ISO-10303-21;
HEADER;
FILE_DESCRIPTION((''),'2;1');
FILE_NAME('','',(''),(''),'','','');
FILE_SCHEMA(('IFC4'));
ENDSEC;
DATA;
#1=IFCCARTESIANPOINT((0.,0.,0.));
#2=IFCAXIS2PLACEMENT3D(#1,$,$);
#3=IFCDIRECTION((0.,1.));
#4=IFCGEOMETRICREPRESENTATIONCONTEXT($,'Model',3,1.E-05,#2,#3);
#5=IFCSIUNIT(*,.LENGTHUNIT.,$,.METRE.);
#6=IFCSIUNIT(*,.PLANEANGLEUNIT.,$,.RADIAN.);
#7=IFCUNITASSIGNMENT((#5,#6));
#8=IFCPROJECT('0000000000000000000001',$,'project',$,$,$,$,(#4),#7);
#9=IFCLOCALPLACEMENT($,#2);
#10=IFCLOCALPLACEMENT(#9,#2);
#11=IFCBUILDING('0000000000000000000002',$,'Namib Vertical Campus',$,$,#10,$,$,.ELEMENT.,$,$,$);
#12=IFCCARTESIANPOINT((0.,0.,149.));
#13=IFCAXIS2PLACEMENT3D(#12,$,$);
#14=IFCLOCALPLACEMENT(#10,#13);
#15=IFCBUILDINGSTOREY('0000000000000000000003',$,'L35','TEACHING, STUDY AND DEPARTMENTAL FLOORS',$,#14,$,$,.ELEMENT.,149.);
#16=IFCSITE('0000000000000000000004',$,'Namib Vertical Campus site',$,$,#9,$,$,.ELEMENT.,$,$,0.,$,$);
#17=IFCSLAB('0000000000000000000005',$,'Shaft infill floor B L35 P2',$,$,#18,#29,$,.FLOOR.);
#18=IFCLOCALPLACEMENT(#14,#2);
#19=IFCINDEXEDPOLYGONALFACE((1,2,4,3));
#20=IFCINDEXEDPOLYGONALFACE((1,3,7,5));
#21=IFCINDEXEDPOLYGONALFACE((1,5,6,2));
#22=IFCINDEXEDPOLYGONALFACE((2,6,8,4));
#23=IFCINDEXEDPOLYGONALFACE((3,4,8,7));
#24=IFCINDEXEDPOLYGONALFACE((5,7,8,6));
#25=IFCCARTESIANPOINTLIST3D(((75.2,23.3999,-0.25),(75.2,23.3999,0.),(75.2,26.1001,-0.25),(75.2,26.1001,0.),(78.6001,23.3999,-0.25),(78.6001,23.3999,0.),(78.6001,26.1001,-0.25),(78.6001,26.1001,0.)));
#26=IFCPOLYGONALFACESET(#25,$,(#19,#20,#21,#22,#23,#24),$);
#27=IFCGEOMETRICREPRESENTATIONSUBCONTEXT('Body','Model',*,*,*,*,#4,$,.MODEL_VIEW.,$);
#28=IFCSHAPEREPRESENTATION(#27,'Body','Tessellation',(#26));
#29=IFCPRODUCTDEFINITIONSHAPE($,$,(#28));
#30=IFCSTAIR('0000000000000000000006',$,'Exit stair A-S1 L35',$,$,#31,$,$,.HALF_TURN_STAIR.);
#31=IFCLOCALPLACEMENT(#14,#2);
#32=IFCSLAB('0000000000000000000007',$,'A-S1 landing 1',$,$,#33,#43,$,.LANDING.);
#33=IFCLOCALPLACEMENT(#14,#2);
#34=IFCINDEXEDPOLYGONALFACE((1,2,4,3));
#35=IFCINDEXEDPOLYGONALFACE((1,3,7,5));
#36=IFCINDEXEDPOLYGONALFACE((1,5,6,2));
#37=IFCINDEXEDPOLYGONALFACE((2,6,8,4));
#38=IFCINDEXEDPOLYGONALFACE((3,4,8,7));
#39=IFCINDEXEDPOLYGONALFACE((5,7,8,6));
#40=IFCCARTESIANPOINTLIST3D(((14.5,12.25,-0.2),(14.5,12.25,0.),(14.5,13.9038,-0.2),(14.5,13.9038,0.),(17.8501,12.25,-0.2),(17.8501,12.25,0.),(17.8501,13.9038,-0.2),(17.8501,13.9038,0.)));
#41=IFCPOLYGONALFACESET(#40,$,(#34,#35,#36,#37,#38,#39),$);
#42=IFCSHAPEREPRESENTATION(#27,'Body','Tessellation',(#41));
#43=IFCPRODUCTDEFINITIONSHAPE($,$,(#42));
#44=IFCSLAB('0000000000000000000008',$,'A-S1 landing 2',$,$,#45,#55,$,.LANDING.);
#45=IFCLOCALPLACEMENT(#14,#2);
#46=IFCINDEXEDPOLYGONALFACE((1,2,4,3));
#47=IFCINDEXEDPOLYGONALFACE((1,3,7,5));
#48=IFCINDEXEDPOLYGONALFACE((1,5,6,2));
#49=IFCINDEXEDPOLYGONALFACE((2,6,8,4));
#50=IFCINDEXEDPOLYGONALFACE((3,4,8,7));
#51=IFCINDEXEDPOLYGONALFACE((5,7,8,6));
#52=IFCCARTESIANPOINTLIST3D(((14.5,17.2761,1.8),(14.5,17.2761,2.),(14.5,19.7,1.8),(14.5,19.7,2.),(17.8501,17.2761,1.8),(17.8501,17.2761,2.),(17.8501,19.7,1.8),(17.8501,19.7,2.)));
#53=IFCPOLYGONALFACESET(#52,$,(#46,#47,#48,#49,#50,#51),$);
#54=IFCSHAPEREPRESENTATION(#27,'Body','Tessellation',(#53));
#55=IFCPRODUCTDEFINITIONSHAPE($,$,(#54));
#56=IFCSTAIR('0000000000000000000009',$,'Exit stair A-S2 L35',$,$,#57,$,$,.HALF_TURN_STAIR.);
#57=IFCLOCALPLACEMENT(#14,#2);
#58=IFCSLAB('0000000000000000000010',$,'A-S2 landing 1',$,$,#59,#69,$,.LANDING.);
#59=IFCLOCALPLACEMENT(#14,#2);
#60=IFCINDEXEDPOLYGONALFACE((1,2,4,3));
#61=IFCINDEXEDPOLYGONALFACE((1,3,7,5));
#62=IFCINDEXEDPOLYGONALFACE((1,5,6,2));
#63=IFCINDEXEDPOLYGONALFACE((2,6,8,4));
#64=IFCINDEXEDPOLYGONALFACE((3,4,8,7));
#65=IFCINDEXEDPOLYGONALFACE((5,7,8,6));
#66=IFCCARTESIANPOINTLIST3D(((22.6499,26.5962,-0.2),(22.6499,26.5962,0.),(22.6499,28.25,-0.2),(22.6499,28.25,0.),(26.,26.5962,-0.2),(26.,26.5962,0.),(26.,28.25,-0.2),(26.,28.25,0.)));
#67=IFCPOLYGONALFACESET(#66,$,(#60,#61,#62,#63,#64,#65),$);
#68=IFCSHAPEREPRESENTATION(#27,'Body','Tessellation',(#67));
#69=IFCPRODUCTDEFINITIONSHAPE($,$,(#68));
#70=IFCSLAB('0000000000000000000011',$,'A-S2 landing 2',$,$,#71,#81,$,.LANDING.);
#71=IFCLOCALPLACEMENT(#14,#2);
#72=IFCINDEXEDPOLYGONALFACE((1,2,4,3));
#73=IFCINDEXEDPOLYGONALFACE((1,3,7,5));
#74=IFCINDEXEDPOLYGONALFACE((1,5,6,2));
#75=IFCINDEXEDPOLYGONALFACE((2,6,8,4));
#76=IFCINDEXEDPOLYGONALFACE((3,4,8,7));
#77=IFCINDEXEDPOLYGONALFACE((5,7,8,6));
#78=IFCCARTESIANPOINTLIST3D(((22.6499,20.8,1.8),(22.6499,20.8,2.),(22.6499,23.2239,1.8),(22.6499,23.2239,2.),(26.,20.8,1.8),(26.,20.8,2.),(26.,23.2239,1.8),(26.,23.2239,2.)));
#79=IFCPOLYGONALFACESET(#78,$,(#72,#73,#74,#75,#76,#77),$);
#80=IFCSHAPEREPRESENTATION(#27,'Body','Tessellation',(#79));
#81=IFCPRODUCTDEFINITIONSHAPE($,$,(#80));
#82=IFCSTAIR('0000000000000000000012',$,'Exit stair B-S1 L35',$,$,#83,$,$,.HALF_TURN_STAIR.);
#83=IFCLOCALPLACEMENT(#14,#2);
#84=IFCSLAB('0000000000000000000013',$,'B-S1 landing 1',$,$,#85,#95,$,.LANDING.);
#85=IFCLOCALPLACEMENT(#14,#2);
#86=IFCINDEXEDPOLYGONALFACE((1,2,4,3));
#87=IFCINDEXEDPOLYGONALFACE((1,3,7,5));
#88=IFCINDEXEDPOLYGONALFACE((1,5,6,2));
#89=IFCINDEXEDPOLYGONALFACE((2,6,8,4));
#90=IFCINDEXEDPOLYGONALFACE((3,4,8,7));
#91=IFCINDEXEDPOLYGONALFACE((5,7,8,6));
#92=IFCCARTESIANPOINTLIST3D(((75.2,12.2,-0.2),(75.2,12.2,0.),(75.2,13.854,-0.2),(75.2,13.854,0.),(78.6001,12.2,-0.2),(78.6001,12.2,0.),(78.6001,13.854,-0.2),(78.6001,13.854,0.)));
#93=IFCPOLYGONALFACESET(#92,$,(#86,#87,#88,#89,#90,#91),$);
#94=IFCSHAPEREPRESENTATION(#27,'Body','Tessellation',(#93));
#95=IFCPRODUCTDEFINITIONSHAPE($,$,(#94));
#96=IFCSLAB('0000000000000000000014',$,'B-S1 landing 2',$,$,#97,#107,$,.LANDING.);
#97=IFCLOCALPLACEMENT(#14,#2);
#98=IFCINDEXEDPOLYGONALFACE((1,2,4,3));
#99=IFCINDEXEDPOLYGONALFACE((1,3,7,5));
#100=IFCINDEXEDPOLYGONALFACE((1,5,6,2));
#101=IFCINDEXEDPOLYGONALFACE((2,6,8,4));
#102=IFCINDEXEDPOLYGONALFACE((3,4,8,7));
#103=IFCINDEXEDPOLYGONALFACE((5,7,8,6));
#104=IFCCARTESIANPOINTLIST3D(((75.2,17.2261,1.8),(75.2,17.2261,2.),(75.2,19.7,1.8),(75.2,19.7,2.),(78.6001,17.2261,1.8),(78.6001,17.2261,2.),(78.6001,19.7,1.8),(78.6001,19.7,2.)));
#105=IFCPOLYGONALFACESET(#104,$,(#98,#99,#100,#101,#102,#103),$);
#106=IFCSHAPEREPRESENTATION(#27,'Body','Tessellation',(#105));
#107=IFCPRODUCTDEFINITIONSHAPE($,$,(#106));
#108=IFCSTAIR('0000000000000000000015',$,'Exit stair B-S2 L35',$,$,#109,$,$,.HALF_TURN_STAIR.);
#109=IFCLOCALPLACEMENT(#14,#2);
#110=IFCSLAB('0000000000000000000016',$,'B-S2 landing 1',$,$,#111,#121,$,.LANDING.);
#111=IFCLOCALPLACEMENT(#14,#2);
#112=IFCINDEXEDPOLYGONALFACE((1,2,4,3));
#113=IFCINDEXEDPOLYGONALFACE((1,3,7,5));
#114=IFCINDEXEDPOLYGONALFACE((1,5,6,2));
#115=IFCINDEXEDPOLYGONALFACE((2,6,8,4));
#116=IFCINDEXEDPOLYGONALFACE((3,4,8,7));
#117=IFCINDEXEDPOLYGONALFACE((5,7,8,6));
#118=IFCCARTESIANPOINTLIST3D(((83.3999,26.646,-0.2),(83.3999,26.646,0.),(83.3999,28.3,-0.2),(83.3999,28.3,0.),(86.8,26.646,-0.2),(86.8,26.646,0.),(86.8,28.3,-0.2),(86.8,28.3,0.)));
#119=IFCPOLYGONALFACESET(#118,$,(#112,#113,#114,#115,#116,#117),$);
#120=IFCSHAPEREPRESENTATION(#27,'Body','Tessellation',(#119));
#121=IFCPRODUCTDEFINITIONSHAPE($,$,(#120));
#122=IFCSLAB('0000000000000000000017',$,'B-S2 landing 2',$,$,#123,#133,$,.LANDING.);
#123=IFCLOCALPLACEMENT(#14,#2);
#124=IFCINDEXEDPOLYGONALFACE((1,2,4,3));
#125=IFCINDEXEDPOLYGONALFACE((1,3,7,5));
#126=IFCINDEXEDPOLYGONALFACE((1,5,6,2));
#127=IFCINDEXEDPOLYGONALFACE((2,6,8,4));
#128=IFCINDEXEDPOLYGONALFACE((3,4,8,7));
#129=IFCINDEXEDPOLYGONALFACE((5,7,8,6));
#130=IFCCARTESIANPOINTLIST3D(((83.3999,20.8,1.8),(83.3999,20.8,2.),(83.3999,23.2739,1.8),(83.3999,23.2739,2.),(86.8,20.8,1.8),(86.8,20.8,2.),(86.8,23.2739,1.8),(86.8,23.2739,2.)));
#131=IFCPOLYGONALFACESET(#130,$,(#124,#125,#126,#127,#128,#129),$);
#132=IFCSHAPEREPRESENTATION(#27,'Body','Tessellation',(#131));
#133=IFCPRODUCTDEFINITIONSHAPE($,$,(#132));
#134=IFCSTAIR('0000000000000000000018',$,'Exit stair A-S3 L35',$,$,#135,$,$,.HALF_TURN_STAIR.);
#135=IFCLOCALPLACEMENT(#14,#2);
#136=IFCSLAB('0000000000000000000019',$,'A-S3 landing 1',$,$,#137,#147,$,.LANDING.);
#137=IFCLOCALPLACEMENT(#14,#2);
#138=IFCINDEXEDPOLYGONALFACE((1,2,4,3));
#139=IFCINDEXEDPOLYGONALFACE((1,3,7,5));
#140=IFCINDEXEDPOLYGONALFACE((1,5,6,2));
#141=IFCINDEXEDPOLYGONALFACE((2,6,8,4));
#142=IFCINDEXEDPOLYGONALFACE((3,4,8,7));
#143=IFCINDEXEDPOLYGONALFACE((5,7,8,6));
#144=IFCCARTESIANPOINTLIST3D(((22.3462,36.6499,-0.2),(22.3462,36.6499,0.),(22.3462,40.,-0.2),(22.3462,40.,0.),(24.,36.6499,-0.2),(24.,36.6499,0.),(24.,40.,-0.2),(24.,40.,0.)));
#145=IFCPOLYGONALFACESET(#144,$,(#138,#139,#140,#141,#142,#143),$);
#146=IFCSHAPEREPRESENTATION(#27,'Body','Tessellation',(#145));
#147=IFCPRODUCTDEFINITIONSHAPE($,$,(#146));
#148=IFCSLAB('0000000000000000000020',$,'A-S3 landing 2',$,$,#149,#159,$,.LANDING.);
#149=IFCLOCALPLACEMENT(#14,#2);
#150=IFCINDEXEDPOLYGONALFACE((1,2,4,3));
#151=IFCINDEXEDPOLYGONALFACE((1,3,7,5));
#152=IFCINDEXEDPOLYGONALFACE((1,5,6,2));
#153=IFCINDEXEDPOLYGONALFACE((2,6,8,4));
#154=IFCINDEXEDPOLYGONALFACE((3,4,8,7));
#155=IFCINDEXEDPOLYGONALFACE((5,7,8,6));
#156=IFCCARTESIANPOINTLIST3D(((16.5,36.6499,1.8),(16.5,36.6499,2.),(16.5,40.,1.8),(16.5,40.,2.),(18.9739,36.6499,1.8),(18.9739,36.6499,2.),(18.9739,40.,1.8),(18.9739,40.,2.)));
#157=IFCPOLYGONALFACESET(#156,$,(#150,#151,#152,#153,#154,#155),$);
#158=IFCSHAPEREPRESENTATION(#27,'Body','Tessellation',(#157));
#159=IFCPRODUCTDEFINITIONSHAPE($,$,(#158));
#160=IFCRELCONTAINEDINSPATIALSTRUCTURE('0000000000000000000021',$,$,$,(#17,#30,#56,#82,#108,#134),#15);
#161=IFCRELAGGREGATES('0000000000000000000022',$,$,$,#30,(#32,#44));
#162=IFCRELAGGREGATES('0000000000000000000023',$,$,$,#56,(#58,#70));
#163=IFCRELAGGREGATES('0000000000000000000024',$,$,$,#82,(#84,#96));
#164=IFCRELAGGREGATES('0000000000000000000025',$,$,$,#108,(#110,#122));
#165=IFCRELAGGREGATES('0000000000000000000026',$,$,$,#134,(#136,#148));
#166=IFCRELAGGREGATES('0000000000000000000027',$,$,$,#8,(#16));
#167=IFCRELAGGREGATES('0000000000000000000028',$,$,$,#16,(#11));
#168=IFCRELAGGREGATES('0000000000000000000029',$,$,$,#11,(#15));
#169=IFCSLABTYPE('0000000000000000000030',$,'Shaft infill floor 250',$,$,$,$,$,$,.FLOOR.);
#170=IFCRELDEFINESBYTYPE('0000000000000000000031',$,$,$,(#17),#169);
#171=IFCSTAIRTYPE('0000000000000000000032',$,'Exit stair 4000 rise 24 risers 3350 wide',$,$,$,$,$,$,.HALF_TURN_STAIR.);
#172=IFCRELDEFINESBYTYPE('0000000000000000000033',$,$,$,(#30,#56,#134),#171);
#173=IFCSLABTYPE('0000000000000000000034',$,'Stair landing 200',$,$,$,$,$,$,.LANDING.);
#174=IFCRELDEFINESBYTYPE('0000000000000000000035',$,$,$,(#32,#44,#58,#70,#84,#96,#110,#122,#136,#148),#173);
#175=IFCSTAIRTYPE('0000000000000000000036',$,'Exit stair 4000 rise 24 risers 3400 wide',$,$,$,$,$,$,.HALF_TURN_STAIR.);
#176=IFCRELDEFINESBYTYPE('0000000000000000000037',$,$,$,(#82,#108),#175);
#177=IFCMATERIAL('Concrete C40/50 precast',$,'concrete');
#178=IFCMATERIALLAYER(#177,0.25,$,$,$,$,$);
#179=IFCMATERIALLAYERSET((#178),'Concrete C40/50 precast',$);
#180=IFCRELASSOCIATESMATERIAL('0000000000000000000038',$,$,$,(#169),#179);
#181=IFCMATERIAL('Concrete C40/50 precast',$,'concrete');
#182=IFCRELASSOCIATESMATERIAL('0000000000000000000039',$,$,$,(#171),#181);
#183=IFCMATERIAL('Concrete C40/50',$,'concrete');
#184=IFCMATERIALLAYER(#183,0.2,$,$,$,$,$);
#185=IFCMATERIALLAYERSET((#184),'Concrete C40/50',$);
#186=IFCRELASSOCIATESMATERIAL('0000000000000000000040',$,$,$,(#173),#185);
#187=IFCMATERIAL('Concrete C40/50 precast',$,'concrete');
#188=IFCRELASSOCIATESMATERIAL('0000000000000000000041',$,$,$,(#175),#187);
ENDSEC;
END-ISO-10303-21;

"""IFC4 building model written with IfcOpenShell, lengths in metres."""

from ifc_helpers import new_model, si_unit, direction, frame, origin, place, context, subcontext, project, spatial, polyline, outline, extrude, material, layer, layer_set, type_object, element, aggregate, save


model = new_model("IFC4")

# Units and contexts
model_context = context("Model", 3, precision=1e-05, world=origin(), true_north=direction((0.0, 1.0)))
body_context = subcontext(model_context, "Body", "Model", "MODEL_VIEW")
ifc_project = project(units=[si_unit("LENGTHUNIT", "METRE"), si_unit("PLANEANGLEUNIT", "RADIAN")], contexts=[model_context])

# Site, building, storey
site_placement = place(None, origin())
site = spatial("IfcSite", under=ifc_project, at=site_placement, Name="Namib Vertical Campus site", CompositionType="ELEMENT", RefElevation=0.0)
building_placement = place(site_placement, origin())
building = spatial("IfcBuilding", under=site, at=building_placement, Name="Namib Vertical Campus", CompositionType="ELEMENT")
storey_placement = place(building_placement, frame((0.0, 0.0, 149.0)))
storey = spatial("IfcBuildingStorey", under=building, at=storey_placement, Name="L35", Description="TEACHING, STUDY AND DEPARTMENTAL FLOORS", CompositionType="ELEMENT", Elevation=149.0)

# Slab
ifc_material_1 = material(Name="Concrete C40/50 precast", Category="concrete")
ifc_layer_1 = layer(ifc_material_1, 0.25)
ifc_layer_set_1 = layer_set([ifc_layer_1], Name="Concrete C40/50 precast")
slab_type_1 = type_object("IfcSlabType", Name="Shaft infill floor 250", PredefinedType="FLOOR", material=ifc_layer_set_1)
slab_1_placement = place(storey_placement, frame((0.0, 0.0, -0.25)))
element("IfcSlab", 1, at=slab_1_placement, inside=storey, type_object=slab_type_1, Name="Shaft infill floor B L35 P2", PredefinedType="FLOOR", context=body_context, shape_type="SweptSolid", body=[
    extrude(outline(polyline([(75.2, 23.3999), (78.6001, 23.3999), (78.6001, 26.1001), (75.2, 26.1001), (75.2, 23.3999)])), origin(), (0.0, 0.0, 1.0), 0.25),
])

# Stairs, slabs
ifc_material_2 = material(Name="Concrete C40/50 precast", Category="concrete")
stair_type_1 = type_object("IfcStairType", Name="Exit stair 4000 rise 24 risers 3350 wide", PredefinedType="HALF_TURN_STAIR", material=ifc_material_2)
stair_1_placement = place(storey_placement, origin())
stair_1 = element("IfcStair", 2, at=stair_1_placement, inside=storey, type_object=stair_type_1, Name="Exit stair A-S1 L35", PredefinedType="HALF_TURN_STAIR")
ifc_material_3 = material(Name="Concrete C40/50", Category="concrete")
ifc_layer_2 = layer(ifc_material_3, 0.2)
ifc_layer_set_2 = layer_set([ifc_layer_2], Name="Concrete C40/50")
slab_type_2 = type_object("IfcSlabType", Name="Stair landing 200", PredefinedType="LANDING", material=ifc_layer_set_2)
slab_2_placement = place(storey_placement, frame((0.0, 0.0, -0.2)))
slab_2 = element("IfcSlab", 3, at=slab_2_placement, type_object=slab_type_2, Name="A-S1 landing 1", PredefinedType="LANDING", context=body_context, shape_type="SweptSolid", body=[
    extrude(outline(polyline([(14.5, 12.25), (17.8501, 12.25), (17.8501, 13.9038), (14.5, 13.9038), (14.5, 12.25)])), origin(), (0.0, 0.0, 1.0), 0.2),
])
slab_3_placement = place(storey_placement, frame((0.0, 0.0, 1.8)))
slab_3 = element("IfcSlab", 4, at=slab_3_placement, type_object=slab_type_2, Name="A-S1 landing 2", PredefinedType="LANDING", context=body_context, shape_type="SweptSolid", body=[
    extrude(outline(polyline([(14.5, 17.2761), (17.8501, 17.2761), (17.8501, 19.7), (14.5, 19.7), (14.5, 17.2761)])), origin(), (0.0, 0.0, 1.0), 0.2),
])
aggregate(stair_1, [slab_2, slab_3])
stair_2_placement = place(storey_placement, origin())
stair_2 = element("IfcStair", 5, at=stair_2_placement, inside=storey, type_object=stair_type_1, Name="Exit stair A-S2 L35", PredefinedType="HALF_TURN_STAIR")
slab_4_placement = place(storey_placement, frame((0.0, 0.0, -0.2)))
slab_4 = element("IfcSlab", 6, at=slab_4_placement, type_object=slab_type_2, Name="A-S2 landing 1", PredefinedType="LANDING", context=body_context, shape_type="SweptSolid", body=[
    extrude(outline(polyline([(22.6499, 26.5962), (26.0, 26.5962), (26.0, 28.25), (22.6499, 28.25), (22.6499, 26.5962)])), origin(), (0.0, 0.0, 1.0), 0.2),
])
slab_5_placement = place(storey_placement, frame((0.0, 0.0, 1.8)))
slab_5 = element("IfcSlab", 7, at=slab_5_placement, type_object=slab_type_2, Name="A-S2 landing 2", PredefinedType="LANDING", context=body_context, shape_type="SweptSolid", body=[
    extrude(outline(polyline([(22.6499, 20.8), (26.0, 20.8), (26.0, 23.2239), (22.6499, 23.2239), (22.6499, 20.8)])), origin(), (0.0, 0.0, 1.0), 0.2),
])
aggregate(stair_2, [slab_4, slab_5])
ifc_material_4 = material(Name="Concrete C40/50 precast", Category="concrete")
stair_type_2 = type_object("IfcStairType", Name="Exit stair 4000 rise 24 risers 3400 wide", PredefinedType="HALF_TURN_STAIR", material=ifc_material_4)
stair_3_placement = place(storey_placement, origin())
stair_3 = element("IfcStair", 8, at=stair_3_placement, inside=storey, type_object=stair_type_2, Name="Exit stair B-S1 L35", PredefinedType="HALF_TURN_STAIR")
slab_6_placement = place(storey_placement, frame((0.0, 0.0, -0.2)))
slab_6 = element("IfcSlab", 9, at=slab_6_placement, type_object=slab_type_2, Name="B-S1 landing 1", PredefinedType="LANDING", context=body_context, shape_type="SweptSolid", body=[
    extrude(outline(polyline([(75.2, 12.2), (78.6001, 12.2), (78.6001, 13.854), (75.2, 13.854), (75.2, 12.2)])), origin(), (0.0, 0.0, 1.0), 0.2),
])
slab_7_placement = place(storey_placement, frame((0.0, 0.0, 1.8)))
slab_7 = element("IfcSlab", 10, at=slab_7_placement, type_object=slab_type_2, Name="B-S1 landing 2", PredefinedType="LANDING", context=body_context, shape_type="SweptSolid", body=[
    extrude(outline(polyline([(75.2, 17.2261), (78.6001, 17.2261), (78.6001, 19.7), (75.2, 19.7), (75.2, 17.2261)])), origin(), (0.0, 0.0, 1.0), 0.2),
])
aggregate(stair_3, [slab_6, slab_7])
stair_4_placement = place(storey_placement, origin())
stair_4 = element("IfcStair", 11, at=stair_4_placement, inside=storey, type_object=stair_type_2, Name="Exit stair B-S2 L35", PredefinedType="HALF_TURN_STAIR")
slab_8_placement = place(storey_placement, frame((0.0, 0.0, -0.2)))
slab_8 = element("IfcSlab", 12, at=slab_8_placement, type_object=slab_type_2, Name="B-S2 landing 1", PredefinedType="LANDING", context=body_context, shape_type="SweptSolid", body=[
    extrude(outline(polyline([(83.3999, 26.646), (86.8, 26.646), (86.8, 28.3), (83.3999, 28.3), (83.3999, 26.646)])), origin(), (0.0, 0.0, 1.0), 0.2),
])
slab_9_placement = place(storey_placement, frame((0.0, 0.0, 1.8)))
slab_9 = element("IfcSlab", 13, at=slab_9_placement, type_object=slab_type_2, Name="B-S2 landing 2", PredefinedType="LANDING", context=body_context, shape_type="SweptSolid", body=[
    extrude(outline(polyline([(83.3999, 20.8), (86.8, 20.8), (86.8, 23.2739), (83.3999, 23.2739), (83.3999, 20.8)])), origin(), (0.0, 0.0, 1.0), 0.2),
])
aggregate(stair_4, [slab_8, slab_9])
stair_5_placement = place(storey_placement, origin())
stair_5 = element("IfcStair", 14, at=stair_5_placement, inside=storey, type_object=stair_type_1, Name="Exit stair A-S3 L35", PredefinedType="HALF_TURN_STAIR")
slab_10_placement = place(storey_placement, frame((0.0, 0.0, -0.2)))
slab_10 = element("IfcSlab", 15, at=slab_10_placement, type_object=slab_type_2, Name="A-S3 landing 1", PredefinedType="LANDING", context=body_context, shape_type="SweptSolid", body=[
    extrude(outline(polyline([(22.3462, 36.6499), (22.3462, 40.0), (24.0, 40.0), (24.0, 36.6499), (22.3462, 36.6499)])), origin(), (0.0, 0.0, 1.0), 0.2),
])
slab_11_placement = place(storey_placement, frame((0.0, 0.0, 1.8)))
slab_11 = element("IfcSlab", 16, at=slab_11_placement, type_object=slab_type_2, Name="A-S3 landing 2", PredefinedType="LANDING", context=body_context, shape_type="SweptSolid", body=[
    extrude(outline(polyline([(16.5, 36.6499), (16.5, 40.0), (18.9739, 40.0), (18.9739, 36.6499), (16.5, 36.6499)])), origin(), (0.0, 0.0, 1.0), 0.2),
])
aggregate(stair_5, [slab_10, slab_11])

save(model, "model.ifc")
